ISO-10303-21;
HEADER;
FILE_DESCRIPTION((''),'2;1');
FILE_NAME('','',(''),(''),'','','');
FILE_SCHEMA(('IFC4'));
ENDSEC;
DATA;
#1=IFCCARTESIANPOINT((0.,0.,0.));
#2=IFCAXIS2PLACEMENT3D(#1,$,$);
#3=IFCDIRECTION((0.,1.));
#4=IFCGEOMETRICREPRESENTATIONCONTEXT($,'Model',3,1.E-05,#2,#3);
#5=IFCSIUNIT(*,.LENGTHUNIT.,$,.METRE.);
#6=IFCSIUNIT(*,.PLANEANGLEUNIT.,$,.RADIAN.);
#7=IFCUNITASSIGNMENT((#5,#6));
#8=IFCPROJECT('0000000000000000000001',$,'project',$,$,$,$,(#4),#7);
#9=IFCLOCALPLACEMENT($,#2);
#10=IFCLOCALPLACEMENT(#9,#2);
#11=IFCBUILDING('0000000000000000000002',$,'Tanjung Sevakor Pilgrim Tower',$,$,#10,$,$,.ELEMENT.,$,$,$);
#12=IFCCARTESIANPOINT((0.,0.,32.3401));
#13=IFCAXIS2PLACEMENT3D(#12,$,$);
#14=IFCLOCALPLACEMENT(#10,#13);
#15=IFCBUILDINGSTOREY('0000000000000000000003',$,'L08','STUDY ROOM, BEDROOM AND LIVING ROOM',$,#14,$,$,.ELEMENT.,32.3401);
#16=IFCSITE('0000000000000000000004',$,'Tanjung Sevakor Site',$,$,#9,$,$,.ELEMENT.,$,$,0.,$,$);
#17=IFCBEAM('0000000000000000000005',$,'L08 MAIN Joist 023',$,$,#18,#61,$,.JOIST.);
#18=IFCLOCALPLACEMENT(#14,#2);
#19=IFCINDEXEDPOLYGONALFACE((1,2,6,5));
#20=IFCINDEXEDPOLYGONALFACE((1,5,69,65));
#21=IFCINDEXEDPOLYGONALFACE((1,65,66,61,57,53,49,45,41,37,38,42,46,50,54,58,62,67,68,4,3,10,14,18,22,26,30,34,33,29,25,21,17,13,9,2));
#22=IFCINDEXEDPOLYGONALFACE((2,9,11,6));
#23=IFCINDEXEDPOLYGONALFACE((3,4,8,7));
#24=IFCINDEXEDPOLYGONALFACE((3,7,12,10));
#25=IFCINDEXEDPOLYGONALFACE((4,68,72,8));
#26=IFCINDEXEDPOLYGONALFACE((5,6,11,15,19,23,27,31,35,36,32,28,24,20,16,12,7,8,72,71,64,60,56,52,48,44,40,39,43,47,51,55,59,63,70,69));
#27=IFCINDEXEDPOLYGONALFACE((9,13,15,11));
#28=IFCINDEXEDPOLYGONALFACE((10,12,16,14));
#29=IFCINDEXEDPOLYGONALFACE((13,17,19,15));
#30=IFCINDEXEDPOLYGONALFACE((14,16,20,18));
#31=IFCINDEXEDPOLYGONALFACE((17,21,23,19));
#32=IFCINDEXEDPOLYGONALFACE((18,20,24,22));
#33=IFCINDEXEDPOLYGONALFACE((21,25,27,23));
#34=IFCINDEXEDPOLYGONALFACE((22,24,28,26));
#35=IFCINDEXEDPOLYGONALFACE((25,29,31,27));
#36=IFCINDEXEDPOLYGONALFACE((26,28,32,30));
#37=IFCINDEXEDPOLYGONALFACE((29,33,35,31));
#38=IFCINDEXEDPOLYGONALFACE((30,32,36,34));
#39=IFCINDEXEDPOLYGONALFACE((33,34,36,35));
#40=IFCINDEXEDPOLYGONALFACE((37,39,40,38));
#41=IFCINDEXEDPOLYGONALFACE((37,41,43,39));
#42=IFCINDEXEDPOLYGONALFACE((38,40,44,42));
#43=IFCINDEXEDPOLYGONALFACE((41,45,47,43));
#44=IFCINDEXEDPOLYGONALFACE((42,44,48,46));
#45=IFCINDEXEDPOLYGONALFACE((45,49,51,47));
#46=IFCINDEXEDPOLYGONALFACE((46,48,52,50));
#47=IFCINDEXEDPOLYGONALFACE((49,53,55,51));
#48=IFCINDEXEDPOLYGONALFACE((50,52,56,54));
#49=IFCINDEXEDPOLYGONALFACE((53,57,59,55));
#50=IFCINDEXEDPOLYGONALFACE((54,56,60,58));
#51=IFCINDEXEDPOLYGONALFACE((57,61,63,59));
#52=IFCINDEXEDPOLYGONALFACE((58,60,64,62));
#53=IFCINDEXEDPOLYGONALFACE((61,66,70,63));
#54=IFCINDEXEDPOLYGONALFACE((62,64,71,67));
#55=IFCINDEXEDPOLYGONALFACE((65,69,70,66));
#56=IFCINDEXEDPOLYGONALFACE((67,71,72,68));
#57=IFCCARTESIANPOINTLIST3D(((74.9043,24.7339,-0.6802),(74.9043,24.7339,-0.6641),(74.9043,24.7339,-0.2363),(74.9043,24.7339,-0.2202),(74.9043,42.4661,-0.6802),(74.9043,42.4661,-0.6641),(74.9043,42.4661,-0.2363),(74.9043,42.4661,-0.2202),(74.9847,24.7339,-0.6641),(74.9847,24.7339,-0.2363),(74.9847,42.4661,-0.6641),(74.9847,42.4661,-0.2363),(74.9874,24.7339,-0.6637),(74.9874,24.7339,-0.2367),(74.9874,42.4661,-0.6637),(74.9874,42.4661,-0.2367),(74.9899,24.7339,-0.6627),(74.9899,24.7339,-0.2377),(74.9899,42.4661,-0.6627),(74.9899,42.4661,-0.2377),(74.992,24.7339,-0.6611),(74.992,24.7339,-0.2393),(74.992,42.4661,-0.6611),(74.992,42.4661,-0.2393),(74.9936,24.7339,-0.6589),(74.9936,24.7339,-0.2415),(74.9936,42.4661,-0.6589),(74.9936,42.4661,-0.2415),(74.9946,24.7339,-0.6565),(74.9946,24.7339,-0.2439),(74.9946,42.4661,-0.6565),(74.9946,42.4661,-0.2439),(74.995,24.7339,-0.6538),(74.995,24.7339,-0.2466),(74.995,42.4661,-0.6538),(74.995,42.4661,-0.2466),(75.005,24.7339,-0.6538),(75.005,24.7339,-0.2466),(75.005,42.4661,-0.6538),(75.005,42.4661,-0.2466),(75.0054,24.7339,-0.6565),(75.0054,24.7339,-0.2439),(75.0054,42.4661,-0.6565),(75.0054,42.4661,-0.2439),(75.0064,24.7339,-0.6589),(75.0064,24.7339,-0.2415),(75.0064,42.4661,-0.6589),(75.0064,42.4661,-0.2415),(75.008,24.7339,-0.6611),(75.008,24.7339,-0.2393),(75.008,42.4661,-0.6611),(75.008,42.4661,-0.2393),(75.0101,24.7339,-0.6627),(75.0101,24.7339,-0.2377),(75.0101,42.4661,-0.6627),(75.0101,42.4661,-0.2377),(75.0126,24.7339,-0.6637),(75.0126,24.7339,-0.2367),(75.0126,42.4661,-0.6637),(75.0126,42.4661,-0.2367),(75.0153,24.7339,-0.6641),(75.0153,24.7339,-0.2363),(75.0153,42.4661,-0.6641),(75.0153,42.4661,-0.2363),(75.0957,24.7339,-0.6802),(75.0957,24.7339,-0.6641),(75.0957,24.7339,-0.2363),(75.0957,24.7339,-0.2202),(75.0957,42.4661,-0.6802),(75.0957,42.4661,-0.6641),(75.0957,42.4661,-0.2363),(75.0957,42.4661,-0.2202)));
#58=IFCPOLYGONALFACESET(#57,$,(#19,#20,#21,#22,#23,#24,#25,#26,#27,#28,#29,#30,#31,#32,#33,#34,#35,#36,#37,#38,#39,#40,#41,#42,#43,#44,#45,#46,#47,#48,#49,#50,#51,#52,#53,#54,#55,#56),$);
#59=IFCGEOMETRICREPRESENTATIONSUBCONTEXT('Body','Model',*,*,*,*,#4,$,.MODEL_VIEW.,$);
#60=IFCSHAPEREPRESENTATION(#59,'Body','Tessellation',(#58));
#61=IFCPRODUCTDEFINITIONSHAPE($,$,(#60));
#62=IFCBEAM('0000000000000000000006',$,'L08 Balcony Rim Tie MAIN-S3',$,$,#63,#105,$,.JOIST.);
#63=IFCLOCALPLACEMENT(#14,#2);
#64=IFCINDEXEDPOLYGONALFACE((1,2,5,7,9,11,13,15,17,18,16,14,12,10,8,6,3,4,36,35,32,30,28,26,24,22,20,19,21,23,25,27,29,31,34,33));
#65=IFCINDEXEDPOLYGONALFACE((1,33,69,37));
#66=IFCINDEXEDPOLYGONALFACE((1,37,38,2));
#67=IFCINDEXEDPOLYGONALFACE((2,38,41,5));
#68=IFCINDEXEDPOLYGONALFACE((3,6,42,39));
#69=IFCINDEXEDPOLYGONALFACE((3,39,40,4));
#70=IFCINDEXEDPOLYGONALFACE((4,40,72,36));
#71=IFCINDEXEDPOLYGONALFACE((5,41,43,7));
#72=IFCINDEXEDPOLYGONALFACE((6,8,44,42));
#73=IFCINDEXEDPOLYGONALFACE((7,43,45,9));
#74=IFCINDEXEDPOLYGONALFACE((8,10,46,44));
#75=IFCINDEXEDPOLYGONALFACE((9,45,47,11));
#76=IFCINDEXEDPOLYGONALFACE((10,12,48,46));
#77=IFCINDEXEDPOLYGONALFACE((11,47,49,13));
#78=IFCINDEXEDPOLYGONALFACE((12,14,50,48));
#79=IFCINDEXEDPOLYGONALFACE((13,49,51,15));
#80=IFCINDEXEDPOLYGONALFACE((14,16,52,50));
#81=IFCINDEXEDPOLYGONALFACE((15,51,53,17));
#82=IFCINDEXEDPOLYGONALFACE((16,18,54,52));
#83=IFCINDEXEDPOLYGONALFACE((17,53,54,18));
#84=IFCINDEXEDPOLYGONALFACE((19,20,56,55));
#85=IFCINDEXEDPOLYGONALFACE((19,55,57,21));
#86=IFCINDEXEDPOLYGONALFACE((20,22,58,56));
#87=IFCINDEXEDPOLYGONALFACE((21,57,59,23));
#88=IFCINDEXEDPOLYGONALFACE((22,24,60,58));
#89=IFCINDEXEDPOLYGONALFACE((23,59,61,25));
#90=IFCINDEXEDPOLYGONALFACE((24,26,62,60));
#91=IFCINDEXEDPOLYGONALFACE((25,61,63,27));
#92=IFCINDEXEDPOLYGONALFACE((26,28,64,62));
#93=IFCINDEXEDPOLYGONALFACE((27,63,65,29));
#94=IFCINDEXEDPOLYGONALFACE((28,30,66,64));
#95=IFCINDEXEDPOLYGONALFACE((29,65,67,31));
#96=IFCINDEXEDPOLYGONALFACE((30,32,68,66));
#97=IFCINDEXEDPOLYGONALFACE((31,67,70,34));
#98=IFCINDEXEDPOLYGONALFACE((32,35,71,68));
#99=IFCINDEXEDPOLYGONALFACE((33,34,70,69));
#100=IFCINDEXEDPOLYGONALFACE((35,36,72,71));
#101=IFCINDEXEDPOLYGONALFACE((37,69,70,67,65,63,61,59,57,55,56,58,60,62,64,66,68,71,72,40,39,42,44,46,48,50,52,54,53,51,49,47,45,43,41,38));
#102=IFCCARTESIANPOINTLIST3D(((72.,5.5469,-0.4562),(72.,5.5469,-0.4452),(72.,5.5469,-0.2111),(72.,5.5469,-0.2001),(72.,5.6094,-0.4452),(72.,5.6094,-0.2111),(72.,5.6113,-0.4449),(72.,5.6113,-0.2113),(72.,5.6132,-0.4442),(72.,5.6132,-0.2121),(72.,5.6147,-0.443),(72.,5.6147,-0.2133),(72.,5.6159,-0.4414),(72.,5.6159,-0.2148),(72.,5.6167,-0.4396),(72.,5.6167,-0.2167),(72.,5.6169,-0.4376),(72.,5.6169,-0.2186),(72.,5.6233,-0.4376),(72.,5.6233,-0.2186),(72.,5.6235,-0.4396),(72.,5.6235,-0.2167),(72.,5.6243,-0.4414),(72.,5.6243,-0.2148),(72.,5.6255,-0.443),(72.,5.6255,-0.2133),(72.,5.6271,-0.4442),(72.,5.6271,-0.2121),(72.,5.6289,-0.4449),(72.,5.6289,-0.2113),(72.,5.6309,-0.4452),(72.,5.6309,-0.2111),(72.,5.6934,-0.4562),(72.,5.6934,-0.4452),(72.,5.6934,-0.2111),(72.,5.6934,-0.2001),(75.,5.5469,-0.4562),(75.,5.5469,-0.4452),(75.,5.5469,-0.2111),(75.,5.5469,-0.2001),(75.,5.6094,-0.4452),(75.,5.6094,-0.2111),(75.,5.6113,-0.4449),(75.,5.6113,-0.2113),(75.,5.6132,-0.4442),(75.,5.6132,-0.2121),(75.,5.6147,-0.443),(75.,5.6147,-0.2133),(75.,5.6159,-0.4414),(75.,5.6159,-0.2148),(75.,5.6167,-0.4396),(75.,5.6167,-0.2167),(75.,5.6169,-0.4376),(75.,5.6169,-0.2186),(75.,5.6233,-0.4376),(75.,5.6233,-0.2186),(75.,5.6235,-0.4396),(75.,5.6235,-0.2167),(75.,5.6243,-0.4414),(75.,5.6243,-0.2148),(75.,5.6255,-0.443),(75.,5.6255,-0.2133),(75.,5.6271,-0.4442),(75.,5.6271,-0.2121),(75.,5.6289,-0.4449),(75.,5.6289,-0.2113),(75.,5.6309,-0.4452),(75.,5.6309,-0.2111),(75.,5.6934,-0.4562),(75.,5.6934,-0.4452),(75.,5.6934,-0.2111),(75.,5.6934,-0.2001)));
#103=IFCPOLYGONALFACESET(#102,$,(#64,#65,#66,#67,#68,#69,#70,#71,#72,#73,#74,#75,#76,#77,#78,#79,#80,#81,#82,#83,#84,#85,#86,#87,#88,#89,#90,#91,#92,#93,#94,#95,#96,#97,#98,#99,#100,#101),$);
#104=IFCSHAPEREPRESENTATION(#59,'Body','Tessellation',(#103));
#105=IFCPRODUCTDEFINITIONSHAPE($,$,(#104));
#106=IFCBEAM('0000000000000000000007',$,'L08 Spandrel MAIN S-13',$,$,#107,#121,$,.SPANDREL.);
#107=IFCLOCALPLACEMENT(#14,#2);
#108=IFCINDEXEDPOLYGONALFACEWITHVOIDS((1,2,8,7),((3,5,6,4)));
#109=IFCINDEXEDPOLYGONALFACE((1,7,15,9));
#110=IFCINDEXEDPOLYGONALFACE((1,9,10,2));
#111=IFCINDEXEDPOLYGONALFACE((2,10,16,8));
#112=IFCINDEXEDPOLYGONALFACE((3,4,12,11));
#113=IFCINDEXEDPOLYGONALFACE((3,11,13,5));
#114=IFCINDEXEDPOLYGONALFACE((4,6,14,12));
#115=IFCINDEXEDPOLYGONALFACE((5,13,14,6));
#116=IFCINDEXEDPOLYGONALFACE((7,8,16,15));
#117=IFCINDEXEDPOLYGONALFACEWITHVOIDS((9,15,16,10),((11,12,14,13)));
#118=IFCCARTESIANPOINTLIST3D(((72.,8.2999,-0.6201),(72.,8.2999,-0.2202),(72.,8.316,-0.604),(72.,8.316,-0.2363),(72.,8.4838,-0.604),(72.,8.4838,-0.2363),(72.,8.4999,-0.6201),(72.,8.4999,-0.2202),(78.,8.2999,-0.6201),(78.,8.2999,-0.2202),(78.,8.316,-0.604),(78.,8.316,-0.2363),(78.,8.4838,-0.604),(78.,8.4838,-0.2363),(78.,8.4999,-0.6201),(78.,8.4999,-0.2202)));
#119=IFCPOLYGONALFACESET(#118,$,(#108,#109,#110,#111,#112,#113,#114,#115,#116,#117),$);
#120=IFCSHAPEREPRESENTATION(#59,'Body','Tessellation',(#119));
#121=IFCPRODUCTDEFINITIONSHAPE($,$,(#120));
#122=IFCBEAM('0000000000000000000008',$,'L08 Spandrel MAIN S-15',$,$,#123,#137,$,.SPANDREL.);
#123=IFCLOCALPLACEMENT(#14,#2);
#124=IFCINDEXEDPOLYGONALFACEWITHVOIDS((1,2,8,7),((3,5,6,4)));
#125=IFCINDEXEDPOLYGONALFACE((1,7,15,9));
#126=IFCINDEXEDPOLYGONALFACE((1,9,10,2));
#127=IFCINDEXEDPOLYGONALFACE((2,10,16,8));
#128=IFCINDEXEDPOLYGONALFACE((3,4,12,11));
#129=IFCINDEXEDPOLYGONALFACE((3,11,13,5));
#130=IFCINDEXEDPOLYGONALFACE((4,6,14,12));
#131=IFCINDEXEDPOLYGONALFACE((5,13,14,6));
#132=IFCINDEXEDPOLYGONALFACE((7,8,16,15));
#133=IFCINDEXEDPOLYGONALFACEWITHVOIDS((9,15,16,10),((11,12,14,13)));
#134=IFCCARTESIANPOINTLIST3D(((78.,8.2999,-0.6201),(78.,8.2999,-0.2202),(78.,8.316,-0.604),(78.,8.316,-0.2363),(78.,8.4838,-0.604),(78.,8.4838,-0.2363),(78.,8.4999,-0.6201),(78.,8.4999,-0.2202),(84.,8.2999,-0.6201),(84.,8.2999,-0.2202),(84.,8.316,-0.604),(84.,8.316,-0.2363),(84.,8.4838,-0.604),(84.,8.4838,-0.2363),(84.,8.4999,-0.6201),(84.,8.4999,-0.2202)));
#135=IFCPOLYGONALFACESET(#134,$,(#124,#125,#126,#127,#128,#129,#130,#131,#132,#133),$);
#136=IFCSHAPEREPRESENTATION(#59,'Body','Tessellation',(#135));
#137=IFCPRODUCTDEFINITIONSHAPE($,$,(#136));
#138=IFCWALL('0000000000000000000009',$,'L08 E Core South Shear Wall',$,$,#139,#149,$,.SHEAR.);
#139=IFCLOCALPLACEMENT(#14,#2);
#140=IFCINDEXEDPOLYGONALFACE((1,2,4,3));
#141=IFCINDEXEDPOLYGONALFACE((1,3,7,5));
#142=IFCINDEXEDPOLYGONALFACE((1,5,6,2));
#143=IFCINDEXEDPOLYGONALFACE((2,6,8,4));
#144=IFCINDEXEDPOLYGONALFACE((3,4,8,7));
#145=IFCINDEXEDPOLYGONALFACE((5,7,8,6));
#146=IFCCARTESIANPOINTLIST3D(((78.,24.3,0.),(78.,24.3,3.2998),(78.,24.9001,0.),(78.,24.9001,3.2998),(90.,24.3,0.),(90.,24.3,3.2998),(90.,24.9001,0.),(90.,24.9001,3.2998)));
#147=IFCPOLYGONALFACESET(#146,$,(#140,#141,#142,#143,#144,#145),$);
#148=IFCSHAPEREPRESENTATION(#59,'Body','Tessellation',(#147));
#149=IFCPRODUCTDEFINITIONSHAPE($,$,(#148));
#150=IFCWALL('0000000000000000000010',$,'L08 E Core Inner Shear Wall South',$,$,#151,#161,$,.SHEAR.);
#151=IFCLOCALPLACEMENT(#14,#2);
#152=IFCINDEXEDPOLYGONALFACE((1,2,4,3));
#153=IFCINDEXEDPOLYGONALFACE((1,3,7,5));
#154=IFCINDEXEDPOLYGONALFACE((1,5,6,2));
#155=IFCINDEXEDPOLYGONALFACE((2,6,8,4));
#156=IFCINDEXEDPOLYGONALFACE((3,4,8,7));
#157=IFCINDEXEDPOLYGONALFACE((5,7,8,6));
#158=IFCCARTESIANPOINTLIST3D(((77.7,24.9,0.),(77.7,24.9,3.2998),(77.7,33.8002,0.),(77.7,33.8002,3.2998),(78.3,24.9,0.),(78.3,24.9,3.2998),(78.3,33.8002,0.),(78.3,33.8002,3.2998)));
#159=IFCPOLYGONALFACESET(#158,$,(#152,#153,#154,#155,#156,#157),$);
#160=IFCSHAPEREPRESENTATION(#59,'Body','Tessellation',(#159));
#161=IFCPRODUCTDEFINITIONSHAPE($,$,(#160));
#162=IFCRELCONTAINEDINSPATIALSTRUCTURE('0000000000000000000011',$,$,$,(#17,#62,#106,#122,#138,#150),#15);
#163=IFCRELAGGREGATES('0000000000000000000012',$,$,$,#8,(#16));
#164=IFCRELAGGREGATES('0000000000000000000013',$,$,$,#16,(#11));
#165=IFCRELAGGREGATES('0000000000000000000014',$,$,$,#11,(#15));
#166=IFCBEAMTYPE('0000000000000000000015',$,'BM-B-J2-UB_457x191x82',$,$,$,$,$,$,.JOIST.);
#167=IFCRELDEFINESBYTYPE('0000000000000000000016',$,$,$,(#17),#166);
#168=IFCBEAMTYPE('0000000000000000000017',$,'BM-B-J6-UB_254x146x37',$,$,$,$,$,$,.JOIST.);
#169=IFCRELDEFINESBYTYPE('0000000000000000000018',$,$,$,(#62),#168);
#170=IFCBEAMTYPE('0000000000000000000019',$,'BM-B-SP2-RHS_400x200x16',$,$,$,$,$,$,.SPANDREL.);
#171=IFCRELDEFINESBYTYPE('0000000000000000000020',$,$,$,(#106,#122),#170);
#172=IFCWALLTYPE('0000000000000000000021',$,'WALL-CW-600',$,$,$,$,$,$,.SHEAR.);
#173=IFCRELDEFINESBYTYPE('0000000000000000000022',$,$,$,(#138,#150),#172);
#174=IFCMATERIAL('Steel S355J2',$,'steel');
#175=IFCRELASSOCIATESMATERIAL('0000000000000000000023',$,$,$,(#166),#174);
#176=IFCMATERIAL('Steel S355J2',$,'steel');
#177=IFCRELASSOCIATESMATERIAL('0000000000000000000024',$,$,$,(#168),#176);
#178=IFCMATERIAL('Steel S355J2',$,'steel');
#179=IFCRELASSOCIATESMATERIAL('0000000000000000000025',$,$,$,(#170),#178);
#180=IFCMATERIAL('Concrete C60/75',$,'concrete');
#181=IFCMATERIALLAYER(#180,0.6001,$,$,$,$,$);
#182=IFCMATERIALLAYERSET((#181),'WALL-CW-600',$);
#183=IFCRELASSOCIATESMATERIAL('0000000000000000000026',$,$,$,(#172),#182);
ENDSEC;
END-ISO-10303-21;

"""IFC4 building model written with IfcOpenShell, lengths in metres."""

from ifc_helpers import new_model, si_unit, direction, frame, frame_2d, origin, origin_2d, place, context, subcontext, project, spatial, rectangle, hollow_rectangle, i_section, extrude, material, layer, layer_set, material_profile, profile_set, type_object, element, save


model = new_model("IFC4")

# Units and contexts
model_context = context("Model", 3, precision=1e-05, world=origin(), true_north=direction((0.0, 1.0)))
body_context = subcontext(model_context, "Body", "Model", "MODEL_VIEW")
ifc_project = project(units=[si_unit("LENGTHUNIT", "METRE"), si_unit("PLANEANGLEUNIT", "RADIAN")], contexts=[model_context])

# Site, building, storey
site_placement = place(None, origin())
site = spatial("IfcSite", under=ifc_project, at=site_placement, Name="Tanjung Sevakor Site", CompositionType="ELEMENT", RefElevation=0.0)
building_placement = place(site_placement, origin())
building = spatial("IfcBuilding", under=site, at=building_placement, Name="Tanjung Sevakor Pilgrim Tower", CompositionType="ELEMENT")
storey_placement = place(building_placement, frame((0.0, 0.0, 32.3401)))
storey = spatial("IfcBuildingStorey", under=building, at=storey_placement, Name="L08", Description="STUDY ROOM, BEDROOM AND LIVING ROOM", CompositionType="ELEMENT", Elevation=32.3401)

# Beams
ifc_material_1 = material(Name="Steel S355J2", Category="steel")
ifc_material_profile_1 = material_profile(ifc_material_1, i_section(OverallWidth=0.1914, OverallDepth=0.46, WebThickness=0.01, FlangeThickness=0.0161, FilletRadius=0.0103, at=origin_2d()))
ifc_profile_set_1 = profile_set([ifc_material_profile_1], Name="Steel S355J2")
beam_type_1 = type_object("IfcBeamType", Name="BM-B-J2-UB_457x191x82", PredefinedType="JOIST", material=ifc_profile_set_1)
for number, where, z_axis, x_axis, name in (
    (1, (75.0, 24.7339, -0.4502), (0.0, 1.0, 0.0), (-1.0, 0.0, 0.0), "L08 MAIN Joist 023"),
):
    element("IfcBeam", number, at=place(storey_placement, frame(where, z_axis=z_axis, x_axis=x_axis)), inside=storey, type_object=beam_type_1, Name=name, PredefinedType="JOIST", context=body_context, shape_type="SweptSolid", body=[
        extrude(i_section(OverallWidth=0.1914, OverallDepth=0.46, WebThickness=0.01, FlangeThickness=0.0161, FilletRadius=0.0103, at=origin_2d()), origin(), (0.0, 0.0, 1.0), 17.7322),
    ])
ifc_material_2 = material(Name="Steel S355J2", Category="steel")
ifc_material_profile_2 = material_profile(ifc_material_2, i_section(OverallWidth=0.1465, OverallDepth=0.2561, WebThickness=0.0063, FlangeThickness=0.011, FilletRadius=0.0076, at=origin_2d()))
ifc_profile_set_2 = profile_set([ifc_material_profile_2], Name="Steel S355J2")
beam_type_2 = type_object("IfcBeamType", Name="BM-B-J6-UB_254x146x37", PredefinedType="JOIST", material=ifc_profile_set_2)
beam_1_placement = place(storey_placement, frame((72.0, 5.6201, -0.3281), z_axis=(1.0, 0.0, 0.0), x_axis=(0.0, 1.0, 0.0)))
element("IfcBeam", 2, at=beam_1_placement, inside=storey, type_object=beam_type_2, Name="L08 Balcony Rim Tie MAIN-S3", PredefinedType="JOIST", context=body_context, shape_type="SweptSolid", body=[
    extrude(i_section(OverallWidth=0.1465, OverallDepth=0.2561, WebThickness=0.0063, FlangeThickness=0.011, FilletRadius=0.0076, at=origin_2d()), origin(), (0.0, 0.0, 1.0), 3.0),
])
ifc_material_3 = material(Name="Steel S355J2", Category="steel")
ifc_material_profile_3 = material_profile(ifc_material_3, hollow_rectangle(XDim=0.2, YDim=0.3999, WallThickness=0.0161, at=origin_2d()))
ifc_profile_set_3 = profile_set([ifc_material_profile_3], Name="Steel S355J2")
beam_type_3 = type_object("IfcBeamType", Name="BM-B-SP2-RHS_400x200x16", PredefinedType="SPANDREL", material=ifc_profile_set_3)
for number, where, z_axis, x_axis, name in (
    (3, (72.0, 8.3999, -0.4202), (1.0, 0.0, 0.0), (0.0, 1.0, 0.0), "L08 Spandrel MAIN S-13"),
    (4, (78.0, 8.3999, -0.4202), (1.0, 0.0, 0.0), (0.0, 1.0, 0.0), "L08 Spandrel MAIN S-15"),
):
    element("IfcBeam", number, at=place(storey_placement, frame(where, z_axis=z_axis, x_axis=x_axis)), inside=storey, type_object=beam_type_3, Name=name, PredefinedType="SPANDREL", context=body_context, shape_type="SweptSolid", body=[
        extrude(hollow_rectangle(XDim=0.2, YDim=0.3999, WallThickness=0.0161, at=origin_2d()), origin(), (0.0, 0.0, 1.0), 6.0),
    ])

# Walls
ifc_material_4 = material(Name="Concrete C60/75", Category="concrete")
ifc_layer_1 = layer(ifc_material_4, 0.6001)
ifc_layer_set_1 = layer_set([ifc_layer_1], Name="WALL-CW-600")
wall_type_1 = type_object("IfcWallType", Name="WALL-CW-600", PredefinedType="SHEAR", material=ifc_layer_set_1)
wall_1_placement = place(storey_placement, frame((78.0, 24.6001, 0.0), z_axis=(0.0, 0.0, 1.0), x_axis=(1.0, 0.0, 0.0)))
element("IfcWall", 5, at=wall_1_placement, inside=storey, type_object=wall_type_1, Name="L08 E Core South Shear Wall", PredefinedType="SHEAR", context=body_context, shape_type="SweptSolid", body=[
    extrude(rectangle(XDim=12.0, YDim=0.6001, at=frame_2d((6.0, 0.0))), origin(), (0.0, 0.0, 1.0), 3.2998),
])
wall_2_placement = place(storey_placement, frame((78.0, 24.8999, 0.0), z_axis=(0.0, 0.0, 1.0), x_axis=(0.0, 1.0, 0.0)))
element("IfcWall", 6, at=wall_2_placement, inside=storey, type_object=wall_type_1, Name="L08 E Core Inner Shear Wall South", PredefinedType="SHEAR", context=body_context, shape_type="SweptSolid", body=[
    extrude(rectangle(XDim=8.9001, YDim=0.6001, at=frame_2d((4.4502, 0.0))), origin(), (0.0, 0.0, 1.0), 3.2998),
])

save(model, "model.ifc")
